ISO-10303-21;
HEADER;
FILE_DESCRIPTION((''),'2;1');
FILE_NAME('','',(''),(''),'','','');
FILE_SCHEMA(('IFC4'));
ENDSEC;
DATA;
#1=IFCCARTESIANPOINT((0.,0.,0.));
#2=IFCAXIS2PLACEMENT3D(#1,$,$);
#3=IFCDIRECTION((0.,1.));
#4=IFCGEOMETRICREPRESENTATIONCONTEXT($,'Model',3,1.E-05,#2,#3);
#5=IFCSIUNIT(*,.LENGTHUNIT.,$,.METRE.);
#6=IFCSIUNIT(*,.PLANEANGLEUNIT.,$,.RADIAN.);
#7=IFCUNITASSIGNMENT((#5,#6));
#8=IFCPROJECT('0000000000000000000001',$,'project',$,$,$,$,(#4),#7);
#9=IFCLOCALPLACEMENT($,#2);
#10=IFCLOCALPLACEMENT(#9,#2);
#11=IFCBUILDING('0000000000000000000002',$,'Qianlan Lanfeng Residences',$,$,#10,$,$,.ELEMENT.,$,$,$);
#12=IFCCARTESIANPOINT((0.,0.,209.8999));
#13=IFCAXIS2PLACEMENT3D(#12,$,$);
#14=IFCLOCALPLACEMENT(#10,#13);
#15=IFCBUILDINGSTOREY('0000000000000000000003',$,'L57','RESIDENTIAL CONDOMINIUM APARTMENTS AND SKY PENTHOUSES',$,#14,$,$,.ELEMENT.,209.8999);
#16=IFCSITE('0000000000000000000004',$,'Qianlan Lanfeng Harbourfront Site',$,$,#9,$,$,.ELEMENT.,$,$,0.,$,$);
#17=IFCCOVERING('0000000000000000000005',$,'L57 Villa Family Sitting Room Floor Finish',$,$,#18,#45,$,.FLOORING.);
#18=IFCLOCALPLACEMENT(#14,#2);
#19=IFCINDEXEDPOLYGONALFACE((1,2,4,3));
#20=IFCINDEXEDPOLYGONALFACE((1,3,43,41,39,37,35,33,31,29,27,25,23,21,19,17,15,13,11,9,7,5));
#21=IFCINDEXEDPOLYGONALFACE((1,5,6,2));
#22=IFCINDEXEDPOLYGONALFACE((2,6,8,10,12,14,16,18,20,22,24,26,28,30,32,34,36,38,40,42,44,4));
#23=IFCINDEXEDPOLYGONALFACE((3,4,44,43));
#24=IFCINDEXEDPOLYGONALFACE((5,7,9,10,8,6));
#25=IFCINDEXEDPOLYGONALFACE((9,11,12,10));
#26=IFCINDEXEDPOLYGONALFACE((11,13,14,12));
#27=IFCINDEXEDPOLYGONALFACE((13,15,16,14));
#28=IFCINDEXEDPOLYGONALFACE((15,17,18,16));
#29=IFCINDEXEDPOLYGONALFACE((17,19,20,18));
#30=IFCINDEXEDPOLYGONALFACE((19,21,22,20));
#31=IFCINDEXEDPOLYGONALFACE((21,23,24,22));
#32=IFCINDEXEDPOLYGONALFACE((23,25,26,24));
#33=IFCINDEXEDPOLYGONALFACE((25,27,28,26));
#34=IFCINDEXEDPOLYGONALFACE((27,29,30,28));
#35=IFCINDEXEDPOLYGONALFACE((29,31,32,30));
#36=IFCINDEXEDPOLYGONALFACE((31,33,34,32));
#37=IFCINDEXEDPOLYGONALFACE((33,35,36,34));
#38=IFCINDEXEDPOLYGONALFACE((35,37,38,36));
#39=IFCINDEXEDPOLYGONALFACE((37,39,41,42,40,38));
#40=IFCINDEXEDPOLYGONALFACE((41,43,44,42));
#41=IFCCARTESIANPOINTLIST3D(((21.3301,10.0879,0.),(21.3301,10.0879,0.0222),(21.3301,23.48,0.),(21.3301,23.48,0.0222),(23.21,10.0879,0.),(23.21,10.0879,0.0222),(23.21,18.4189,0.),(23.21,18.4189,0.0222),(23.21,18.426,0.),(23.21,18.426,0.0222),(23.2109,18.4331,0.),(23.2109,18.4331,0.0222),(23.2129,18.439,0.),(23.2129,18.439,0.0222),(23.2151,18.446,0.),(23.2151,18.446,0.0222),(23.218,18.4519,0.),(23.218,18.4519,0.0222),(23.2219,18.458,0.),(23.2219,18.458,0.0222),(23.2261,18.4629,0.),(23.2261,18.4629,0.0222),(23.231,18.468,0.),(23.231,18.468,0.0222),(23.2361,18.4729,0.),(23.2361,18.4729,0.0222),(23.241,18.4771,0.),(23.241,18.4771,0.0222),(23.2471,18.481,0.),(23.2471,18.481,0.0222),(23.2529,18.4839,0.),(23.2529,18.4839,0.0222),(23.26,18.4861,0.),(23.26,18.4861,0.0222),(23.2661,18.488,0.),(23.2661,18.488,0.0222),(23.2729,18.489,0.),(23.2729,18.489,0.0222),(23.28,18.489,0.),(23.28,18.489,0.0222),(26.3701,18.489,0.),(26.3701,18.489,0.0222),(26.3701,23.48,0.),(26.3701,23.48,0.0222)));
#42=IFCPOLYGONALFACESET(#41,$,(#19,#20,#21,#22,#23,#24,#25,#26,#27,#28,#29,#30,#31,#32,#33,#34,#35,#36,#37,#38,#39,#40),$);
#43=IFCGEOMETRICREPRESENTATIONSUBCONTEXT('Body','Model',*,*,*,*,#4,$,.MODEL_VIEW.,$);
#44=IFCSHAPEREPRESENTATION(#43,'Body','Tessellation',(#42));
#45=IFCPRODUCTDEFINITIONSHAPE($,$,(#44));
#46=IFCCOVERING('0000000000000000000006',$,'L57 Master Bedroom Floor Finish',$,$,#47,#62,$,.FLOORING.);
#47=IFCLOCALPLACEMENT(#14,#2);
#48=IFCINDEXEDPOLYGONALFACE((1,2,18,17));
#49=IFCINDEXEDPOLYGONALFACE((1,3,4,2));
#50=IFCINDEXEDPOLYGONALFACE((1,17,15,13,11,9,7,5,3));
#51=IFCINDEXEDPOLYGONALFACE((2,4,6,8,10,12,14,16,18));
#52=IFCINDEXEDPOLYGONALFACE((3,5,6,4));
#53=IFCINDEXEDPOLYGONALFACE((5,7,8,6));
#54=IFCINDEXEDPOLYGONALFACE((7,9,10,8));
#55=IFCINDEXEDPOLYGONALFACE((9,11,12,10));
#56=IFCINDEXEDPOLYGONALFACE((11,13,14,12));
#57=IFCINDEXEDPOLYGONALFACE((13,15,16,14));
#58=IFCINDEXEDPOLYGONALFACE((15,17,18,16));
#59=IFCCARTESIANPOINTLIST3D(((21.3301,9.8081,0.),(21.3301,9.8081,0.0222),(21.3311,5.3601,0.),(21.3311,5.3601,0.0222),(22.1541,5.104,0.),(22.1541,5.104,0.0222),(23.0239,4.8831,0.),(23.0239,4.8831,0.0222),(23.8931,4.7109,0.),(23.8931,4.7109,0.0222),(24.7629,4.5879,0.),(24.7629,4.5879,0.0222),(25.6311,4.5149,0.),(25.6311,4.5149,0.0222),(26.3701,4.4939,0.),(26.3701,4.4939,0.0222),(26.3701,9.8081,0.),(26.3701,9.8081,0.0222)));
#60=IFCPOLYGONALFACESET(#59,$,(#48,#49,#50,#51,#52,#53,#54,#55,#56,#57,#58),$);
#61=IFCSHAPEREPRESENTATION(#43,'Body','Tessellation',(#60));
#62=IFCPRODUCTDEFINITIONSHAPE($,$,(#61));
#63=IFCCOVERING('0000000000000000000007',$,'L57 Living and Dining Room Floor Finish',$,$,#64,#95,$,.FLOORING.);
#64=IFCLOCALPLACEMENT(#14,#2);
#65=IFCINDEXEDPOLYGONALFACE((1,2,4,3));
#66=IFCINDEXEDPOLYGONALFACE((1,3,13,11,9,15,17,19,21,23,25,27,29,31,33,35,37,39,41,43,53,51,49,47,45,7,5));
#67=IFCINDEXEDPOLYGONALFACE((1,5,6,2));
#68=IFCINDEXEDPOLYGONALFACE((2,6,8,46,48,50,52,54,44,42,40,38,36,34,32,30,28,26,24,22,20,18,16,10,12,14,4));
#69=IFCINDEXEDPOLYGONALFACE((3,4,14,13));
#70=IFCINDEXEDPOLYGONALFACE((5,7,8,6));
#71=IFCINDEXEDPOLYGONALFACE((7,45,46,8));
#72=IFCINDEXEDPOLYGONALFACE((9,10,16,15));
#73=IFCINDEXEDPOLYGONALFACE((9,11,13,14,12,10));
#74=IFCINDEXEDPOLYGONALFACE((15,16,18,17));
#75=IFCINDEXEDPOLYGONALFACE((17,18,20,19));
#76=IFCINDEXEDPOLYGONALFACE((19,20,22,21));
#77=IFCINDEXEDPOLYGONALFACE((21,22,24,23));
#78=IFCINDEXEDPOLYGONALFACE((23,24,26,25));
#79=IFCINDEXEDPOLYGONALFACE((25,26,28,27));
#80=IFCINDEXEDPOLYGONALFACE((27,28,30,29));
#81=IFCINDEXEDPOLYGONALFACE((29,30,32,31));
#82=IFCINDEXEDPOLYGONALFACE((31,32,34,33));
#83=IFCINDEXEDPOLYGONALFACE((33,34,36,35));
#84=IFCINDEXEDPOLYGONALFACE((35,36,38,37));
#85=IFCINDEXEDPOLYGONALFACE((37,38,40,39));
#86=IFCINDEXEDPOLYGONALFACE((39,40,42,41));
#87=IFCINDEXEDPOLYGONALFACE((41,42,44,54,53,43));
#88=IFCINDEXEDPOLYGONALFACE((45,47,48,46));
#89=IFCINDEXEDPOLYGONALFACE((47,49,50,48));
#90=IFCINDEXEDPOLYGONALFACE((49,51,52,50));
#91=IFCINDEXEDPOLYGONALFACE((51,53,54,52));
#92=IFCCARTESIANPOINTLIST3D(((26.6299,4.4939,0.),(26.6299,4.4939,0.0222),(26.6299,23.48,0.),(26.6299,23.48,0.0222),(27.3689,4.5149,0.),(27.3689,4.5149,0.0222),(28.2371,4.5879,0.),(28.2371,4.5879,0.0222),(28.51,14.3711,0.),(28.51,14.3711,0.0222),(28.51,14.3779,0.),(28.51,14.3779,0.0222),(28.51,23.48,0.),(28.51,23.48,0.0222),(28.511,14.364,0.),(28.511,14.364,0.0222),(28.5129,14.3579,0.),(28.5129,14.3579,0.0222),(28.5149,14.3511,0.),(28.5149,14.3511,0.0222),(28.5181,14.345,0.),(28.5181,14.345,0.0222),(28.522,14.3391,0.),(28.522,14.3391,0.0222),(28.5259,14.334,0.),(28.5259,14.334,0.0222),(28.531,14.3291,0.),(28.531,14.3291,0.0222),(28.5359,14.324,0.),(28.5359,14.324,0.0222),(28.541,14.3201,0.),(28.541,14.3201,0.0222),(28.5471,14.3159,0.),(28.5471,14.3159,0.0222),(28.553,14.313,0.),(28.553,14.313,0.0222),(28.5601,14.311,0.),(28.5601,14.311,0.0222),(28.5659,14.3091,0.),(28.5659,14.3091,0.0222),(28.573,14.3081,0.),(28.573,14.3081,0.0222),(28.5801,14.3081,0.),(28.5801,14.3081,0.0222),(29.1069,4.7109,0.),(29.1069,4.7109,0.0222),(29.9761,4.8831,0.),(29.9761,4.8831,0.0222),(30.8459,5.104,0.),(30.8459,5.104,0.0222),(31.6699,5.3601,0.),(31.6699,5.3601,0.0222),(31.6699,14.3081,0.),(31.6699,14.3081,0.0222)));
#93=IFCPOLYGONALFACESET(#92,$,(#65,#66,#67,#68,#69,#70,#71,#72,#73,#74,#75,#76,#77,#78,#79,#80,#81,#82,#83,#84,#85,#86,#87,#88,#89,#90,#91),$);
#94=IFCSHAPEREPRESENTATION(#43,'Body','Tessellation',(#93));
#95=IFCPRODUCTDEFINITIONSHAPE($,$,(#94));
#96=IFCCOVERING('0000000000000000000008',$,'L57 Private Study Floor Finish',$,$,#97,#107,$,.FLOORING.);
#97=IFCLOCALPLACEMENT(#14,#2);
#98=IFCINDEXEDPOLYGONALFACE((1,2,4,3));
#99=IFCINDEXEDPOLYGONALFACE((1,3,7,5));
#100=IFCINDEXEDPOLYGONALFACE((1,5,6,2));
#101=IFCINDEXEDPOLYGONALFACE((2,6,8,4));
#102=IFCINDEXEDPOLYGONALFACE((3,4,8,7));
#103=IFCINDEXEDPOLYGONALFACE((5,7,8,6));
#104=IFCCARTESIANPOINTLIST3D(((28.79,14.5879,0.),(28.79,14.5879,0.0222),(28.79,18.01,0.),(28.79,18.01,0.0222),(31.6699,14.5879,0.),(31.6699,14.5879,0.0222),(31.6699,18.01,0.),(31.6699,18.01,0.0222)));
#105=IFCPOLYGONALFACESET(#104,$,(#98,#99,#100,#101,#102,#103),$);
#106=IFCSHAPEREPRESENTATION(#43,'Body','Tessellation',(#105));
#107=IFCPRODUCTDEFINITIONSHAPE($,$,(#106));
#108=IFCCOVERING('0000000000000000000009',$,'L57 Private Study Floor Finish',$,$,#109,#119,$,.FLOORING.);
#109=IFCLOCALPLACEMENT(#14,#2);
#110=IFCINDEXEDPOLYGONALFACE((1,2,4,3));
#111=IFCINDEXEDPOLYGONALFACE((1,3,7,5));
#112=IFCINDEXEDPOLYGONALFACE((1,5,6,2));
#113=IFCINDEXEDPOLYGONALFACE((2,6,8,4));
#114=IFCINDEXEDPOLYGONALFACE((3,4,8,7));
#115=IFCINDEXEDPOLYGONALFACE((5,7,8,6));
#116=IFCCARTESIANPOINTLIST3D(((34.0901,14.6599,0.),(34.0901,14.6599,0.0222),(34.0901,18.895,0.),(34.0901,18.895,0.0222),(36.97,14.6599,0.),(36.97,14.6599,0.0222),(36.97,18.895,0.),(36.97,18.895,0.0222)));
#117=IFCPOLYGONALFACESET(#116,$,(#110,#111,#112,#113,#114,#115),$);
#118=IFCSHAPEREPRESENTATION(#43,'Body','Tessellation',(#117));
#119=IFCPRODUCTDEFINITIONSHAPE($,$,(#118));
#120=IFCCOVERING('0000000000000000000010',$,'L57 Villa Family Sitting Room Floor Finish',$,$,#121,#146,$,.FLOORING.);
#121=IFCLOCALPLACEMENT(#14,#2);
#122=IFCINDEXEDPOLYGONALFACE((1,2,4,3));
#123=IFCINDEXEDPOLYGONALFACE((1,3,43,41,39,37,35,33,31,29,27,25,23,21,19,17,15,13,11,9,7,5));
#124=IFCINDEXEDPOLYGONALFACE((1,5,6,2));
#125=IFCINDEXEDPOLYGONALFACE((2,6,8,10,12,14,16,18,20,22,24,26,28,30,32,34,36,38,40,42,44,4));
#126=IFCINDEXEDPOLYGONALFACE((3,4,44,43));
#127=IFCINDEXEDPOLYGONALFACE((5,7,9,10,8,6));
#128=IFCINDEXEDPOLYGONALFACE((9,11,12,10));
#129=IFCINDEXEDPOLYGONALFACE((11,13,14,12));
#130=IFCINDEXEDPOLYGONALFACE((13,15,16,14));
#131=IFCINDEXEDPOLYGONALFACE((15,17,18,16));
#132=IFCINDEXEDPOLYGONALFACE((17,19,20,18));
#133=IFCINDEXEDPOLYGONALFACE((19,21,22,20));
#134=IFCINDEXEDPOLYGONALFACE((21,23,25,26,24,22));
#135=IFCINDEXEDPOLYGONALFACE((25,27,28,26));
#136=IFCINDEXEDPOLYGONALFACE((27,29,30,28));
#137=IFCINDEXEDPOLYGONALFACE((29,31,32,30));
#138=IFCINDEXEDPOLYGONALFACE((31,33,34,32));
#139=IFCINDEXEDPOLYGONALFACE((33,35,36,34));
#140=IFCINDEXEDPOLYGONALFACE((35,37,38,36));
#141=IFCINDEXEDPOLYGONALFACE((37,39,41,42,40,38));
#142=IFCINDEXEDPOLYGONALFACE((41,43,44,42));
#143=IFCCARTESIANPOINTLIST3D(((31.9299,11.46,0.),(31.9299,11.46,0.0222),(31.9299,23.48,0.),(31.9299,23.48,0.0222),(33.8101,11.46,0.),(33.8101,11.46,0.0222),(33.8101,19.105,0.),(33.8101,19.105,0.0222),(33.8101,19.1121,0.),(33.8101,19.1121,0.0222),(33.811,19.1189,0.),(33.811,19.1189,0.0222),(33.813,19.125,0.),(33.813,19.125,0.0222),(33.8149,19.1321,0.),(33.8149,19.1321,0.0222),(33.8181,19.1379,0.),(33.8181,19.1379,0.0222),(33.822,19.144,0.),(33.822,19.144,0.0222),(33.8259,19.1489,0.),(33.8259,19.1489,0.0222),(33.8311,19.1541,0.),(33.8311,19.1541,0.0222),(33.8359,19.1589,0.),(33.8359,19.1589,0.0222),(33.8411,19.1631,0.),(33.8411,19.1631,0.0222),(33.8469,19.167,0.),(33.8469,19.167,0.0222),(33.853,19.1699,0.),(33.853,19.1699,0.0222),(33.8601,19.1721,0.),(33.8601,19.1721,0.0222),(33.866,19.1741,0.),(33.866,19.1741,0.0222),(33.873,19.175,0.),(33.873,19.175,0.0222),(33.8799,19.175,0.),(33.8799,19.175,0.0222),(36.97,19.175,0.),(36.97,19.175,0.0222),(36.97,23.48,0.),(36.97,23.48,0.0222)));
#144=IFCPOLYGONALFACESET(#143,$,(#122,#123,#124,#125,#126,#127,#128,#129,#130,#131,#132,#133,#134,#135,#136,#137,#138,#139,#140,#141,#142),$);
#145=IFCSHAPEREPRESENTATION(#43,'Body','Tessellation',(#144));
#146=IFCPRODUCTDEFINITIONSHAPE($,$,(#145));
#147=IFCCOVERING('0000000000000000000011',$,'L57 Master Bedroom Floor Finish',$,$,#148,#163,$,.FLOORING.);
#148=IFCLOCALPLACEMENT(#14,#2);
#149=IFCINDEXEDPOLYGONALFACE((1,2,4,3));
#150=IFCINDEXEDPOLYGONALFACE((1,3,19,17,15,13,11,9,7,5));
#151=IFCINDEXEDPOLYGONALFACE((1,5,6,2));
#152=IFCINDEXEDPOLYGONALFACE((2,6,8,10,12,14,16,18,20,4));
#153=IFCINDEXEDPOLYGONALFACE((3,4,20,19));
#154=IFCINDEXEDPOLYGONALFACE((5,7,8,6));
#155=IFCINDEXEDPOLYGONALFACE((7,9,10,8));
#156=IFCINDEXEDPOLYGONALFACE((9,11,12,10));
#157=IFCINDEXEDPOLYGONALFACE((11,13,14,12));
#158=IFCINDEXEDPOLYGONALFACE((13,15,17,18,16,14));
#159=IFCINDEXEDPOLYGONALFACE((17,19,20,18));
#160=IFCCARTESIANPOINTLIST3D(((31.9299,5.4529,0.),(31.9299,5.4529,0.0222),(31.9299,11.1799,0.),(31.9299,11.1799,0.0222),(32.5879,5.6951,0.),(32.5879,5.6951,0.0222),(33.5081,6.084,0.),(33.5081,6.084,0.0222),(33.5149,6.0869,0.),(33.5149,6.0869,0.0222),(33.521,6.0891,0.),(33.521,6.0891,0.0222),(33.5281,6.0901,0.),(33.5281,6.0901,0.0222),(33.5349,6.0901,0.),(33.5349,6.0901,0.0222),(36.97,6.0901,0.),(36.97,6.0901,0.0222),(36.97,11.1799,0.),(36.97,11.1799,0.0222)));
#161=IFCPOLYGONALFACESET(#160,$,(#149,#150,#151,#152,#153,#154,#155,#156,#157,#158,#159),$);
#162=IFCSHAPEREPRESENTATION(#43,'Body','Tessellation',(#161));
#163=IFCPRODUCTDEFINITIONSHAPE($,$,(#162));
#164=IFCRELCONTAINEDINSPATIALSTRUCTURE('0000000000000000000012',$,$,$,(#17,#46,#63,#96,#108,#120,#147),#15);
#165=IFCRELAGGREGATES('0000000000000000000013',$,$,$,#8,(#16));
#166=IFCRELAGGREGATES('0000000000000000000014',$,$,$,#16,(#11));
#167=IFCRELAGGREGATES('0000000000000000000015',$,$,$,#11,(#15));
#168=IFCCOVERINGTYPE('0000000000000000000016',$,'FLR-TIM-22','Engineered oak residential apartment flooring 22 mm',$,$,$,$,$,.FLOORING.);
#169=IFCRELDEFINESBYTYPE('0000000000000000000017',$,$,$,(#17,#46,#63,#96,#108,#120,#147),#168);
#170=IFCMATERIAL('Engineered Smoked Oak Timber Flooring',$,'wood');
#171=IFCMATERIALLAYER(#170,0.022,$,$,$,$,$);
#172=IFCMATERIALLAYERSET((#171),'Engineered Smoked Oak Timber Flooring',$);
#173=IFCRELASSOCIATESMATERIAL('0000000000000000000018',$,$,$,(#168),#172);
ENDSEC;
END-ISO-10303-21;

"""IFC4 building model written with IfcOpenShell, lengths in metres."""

from ifc_helpers import new_model, si_unit, direction, frame, origin, place, context, subcontext, project, spatial, polyline, outline, extrude, material, layer, layer_set, type_object, element, save


model = new_model("IFC4")

# Units and contexts
model_context = context("Model", 3, precision=1e-05, world=origin(), true_north=direction((0.0, 1.0)))
body_context = subcontext(model_context, "Body", "Model", "MODEL_VIEW")
ifc_project = project(units=[si_unit("LENGTHUNIT", "METRE"), si_unit("PLANEANGLEUNIT", "RADIAN")], contexts=[model_context])

# Site, building, storey
site_placement = place(None, origin())
site = spatial("IfcSite", under=ifc_project, at=site_placement, Name="Qianlan Lanfeng Harbourfront Site", CompositionType="ELEMENT", RefElevation=0.0)
building_placement = place(site_placement, origin())
building = spatial("IfcBuilding", under=site, at=building_placement, Name="Qianlan Lanfeng Residences", CompositionType="ELEMENT")
storey_placement = place(building_placement, frame((0.0, 0.0, 209.8999)))
storey = spatial("IfcBuildingStorey", under=building, at=storey_placement, Name="L57", Description="RESIDENTIAL CONDOMINIUM APARTMENTS AND SKY PENTHOUSES", CompositionType="ELEMENT", Elevation=209.8999)

# Coverings
ifc_material_1 = material(Name="Engineered Smoked Oak Timber Flooring", Category="wood")
ifc_layer_1 = layer(ifc_material_1, 0.022)
ifc_layer_set_1 = layer_set([ifc_layer_1], Name="Engineered Smoked Oak Timber Flooring")
covering_type_1 = type_object("IfcCoveringType", Name="FLR-TIM-22", Description="Engineered oak residential apartment flooring 22 mm", PredefinedType="FLOORING", material=ifc_layer_set_1)
covering_1_placement = place(storey_placement, origin())
element("IfcCovering", 1, at=covering_1_placement, inside=storey, type_object=covering_type_1, Name="L57 Villa Family Sitting Room Floor Finish", PredefinedType="FLOORING", context=body_context, shape_type="SweptSolid", body=[
    extrude(outline(polyline([(21.3301, 10.0879), (23.21, 10.0879), (23.21, 18.4189), (23.21, 18.426), (23.2109, 18.4331), (23.2129, 18.439), (23.2151, 18.446), (23.218, 18.4519), (23.2219, 18.458), (23.2261, 18.4629), (23.231, 18.468), (23.2361, 18.4729), (23.241, 18.4771), (23.2471, 18.481), (23.2529, 18.4839), (23.26, 18.4861), (23.2661, 18.488), (23.2729, 18.489), (23.28, 18.489), (26.3701, 18.489), (26.3701, 23.48), (21.3301, 23.48), (21.3301, 10.0879)])), origin(), (0.0, 0.0, 1.0), 0.0222),
])
covering_2_placement = place(storey_placement, origin())
element("IfcCovering", 2, at=covering_2_placement, inside=storey, type_object=covering_type_1, Name="L57 Master Bedroom Floor Finish", PredefinedType="FLOORING", context=body_context, shape_type="SweptSolid", body=[
    extrude(outline(polyline([(21.3301, 9.8081), (21.3311, 5.3601), (22.1541, 5.104), (23.0239, 4.8831), (23.8931, 4.7109), (24.7629, 4.5879), (25.6311, 4.5149), (26.3701, 4.4939), (26.3701, 9.8081), (21.3301, 9.8081)])), origin(), (0.0, 0.0, 1.0), 0.0222),
])
covering_3_placement = place(storey_placement, origin())
element("IfcCovering", 3, at=covering_3_placement, inside=storey, type_object=covering_type_1, Name="L57 Living and Dining Room Floor Finish", PredefinedType="FLOORING", context=body_context, shape_type="SweptSolid", body=[
    extrude(outline(polyline([(31.6699, 5.3601), (31.6699, 14.3081), (28.5801, 14.3081), (28.573, 14.3081), (28.5659, 14.3091), (28.5601, 14.311), (28.553, 14.313), (28.5471, 14.3159), (28.541, 14.3201), (28.5359, 14.324), (28.531, 14.3291), (28.5259, 14.334), (28.522, 14.3391), (28.5181, 14.345), (28.5149, 14.3511), (28.5129, 14.3579), (28.511, 14.364), (28.51, 14.3711), (28.51, 14.3779), (28.51, 23.48), (26.6299, 23.48), (26.6299, 4.4939), (27.3689, 4.5149), (28.2371, 4.5879), (29.1069, 4.7109), (29.9761, 4.8831), (30.8459, 5.104), (31.6699, 5.3601)])), origin(), (0.0, 0.0, 1.0), 0.0222),
])
covering_4_placement = place(storey_placement, origin())
element("IfcCovering", 4, at=covering_4_placement, inside=storey, type_object=covering_type_1, Name="L57 Private Study Floor Finish", PredefinedType="FLOORING", context=body_context, shape_type="SweptSolid", body=[
    extrude(outline(polyline([(28.79, 18.01), (28.79, 14.5879), (31.6699, 14.5879), (31.6699, 18.01), (28.79, 18.01)])), origin(), (0.0, 0.0, 1.0), 0.0222),
])
covering_5_placement = place(storey_placement, origin())
element("IfcCovering", 5, at=covering_5_placement, inside=storey, type_object=covering_type_1, Name="L57 Private Study Floor Finish", PredefinedType="FLOORING", context=body_context, shape_type="SweptSolid", body=[
    extrude(outline(polyline([(34.0901, 14.6599), (36.97, 14.6599), (36.97, 18.895), (34.0901, 18.895), (34.0901, 14.6599)])), origin(), (0.0, 0.0, 1.0), 0.0222),
])
covering_6_placement = place(storey_placement, origin())
element("IfcCovering", 6, at=covering_6_placement, inside=storey, type_object=covering_type_1, Name="L57 Villa Family Sitting Room Floor Finish", PredefinedType="FLOORING", context=body_context, shape_type="SweptSolid", body=[
    extrude(outline(polyline([(31.9299, 11.46), (33.8101, 11.46), (33.8101, 19.105), (33.8101, 19.1121), (33.811, 19.1189), (33.813, 19.125), (33.8149, 19.1321), (33.8181, 19.1379), (33.822, 19.144), (33.8259, 19.1489), (33.8311, 19.1541), (33.8359, 19.1589), (33.8411, 19.1631), (33.8469, 19.167), (33.853, 19.1699), (33.8601, 19.1721), (33.866, 19.1741), (33.873, 19.175), (33.8799, 19.175), (36.97, 19.175), (36.97, 23.48), (31.9299, 23.48), (31.9299, 11.46)])), origin(), (0.0, 0.0, 1.0), 0.0222),
])
covering_7_placement = place(storey_placement, origin())
element("IfcCovering", 7, at=covering_7_placement, inside=storey, type_object=covering_type_1, Name="L57 Master Bedroom Floor Finish", PredefinedType="FLOORING", context=body_context, shape_type="SweptSolid", body=[
    extrude(outline(polyline([(31.9299, 11.1799), (31.9299, 5.4529), (32.5879, 5.6951), (33.5081, 6.084), (33.5149, 6.0869), (33.521, 6.0891), (33.5281, 6.0901), (33.5349, 6.0901), (36.97, 6.0901), (36.97, 11.1799), (31.9299, 11.1799)])), origin(), (0.0, 0.0, 1.0), 0.0222),
])

save(model, "model.ifc")
